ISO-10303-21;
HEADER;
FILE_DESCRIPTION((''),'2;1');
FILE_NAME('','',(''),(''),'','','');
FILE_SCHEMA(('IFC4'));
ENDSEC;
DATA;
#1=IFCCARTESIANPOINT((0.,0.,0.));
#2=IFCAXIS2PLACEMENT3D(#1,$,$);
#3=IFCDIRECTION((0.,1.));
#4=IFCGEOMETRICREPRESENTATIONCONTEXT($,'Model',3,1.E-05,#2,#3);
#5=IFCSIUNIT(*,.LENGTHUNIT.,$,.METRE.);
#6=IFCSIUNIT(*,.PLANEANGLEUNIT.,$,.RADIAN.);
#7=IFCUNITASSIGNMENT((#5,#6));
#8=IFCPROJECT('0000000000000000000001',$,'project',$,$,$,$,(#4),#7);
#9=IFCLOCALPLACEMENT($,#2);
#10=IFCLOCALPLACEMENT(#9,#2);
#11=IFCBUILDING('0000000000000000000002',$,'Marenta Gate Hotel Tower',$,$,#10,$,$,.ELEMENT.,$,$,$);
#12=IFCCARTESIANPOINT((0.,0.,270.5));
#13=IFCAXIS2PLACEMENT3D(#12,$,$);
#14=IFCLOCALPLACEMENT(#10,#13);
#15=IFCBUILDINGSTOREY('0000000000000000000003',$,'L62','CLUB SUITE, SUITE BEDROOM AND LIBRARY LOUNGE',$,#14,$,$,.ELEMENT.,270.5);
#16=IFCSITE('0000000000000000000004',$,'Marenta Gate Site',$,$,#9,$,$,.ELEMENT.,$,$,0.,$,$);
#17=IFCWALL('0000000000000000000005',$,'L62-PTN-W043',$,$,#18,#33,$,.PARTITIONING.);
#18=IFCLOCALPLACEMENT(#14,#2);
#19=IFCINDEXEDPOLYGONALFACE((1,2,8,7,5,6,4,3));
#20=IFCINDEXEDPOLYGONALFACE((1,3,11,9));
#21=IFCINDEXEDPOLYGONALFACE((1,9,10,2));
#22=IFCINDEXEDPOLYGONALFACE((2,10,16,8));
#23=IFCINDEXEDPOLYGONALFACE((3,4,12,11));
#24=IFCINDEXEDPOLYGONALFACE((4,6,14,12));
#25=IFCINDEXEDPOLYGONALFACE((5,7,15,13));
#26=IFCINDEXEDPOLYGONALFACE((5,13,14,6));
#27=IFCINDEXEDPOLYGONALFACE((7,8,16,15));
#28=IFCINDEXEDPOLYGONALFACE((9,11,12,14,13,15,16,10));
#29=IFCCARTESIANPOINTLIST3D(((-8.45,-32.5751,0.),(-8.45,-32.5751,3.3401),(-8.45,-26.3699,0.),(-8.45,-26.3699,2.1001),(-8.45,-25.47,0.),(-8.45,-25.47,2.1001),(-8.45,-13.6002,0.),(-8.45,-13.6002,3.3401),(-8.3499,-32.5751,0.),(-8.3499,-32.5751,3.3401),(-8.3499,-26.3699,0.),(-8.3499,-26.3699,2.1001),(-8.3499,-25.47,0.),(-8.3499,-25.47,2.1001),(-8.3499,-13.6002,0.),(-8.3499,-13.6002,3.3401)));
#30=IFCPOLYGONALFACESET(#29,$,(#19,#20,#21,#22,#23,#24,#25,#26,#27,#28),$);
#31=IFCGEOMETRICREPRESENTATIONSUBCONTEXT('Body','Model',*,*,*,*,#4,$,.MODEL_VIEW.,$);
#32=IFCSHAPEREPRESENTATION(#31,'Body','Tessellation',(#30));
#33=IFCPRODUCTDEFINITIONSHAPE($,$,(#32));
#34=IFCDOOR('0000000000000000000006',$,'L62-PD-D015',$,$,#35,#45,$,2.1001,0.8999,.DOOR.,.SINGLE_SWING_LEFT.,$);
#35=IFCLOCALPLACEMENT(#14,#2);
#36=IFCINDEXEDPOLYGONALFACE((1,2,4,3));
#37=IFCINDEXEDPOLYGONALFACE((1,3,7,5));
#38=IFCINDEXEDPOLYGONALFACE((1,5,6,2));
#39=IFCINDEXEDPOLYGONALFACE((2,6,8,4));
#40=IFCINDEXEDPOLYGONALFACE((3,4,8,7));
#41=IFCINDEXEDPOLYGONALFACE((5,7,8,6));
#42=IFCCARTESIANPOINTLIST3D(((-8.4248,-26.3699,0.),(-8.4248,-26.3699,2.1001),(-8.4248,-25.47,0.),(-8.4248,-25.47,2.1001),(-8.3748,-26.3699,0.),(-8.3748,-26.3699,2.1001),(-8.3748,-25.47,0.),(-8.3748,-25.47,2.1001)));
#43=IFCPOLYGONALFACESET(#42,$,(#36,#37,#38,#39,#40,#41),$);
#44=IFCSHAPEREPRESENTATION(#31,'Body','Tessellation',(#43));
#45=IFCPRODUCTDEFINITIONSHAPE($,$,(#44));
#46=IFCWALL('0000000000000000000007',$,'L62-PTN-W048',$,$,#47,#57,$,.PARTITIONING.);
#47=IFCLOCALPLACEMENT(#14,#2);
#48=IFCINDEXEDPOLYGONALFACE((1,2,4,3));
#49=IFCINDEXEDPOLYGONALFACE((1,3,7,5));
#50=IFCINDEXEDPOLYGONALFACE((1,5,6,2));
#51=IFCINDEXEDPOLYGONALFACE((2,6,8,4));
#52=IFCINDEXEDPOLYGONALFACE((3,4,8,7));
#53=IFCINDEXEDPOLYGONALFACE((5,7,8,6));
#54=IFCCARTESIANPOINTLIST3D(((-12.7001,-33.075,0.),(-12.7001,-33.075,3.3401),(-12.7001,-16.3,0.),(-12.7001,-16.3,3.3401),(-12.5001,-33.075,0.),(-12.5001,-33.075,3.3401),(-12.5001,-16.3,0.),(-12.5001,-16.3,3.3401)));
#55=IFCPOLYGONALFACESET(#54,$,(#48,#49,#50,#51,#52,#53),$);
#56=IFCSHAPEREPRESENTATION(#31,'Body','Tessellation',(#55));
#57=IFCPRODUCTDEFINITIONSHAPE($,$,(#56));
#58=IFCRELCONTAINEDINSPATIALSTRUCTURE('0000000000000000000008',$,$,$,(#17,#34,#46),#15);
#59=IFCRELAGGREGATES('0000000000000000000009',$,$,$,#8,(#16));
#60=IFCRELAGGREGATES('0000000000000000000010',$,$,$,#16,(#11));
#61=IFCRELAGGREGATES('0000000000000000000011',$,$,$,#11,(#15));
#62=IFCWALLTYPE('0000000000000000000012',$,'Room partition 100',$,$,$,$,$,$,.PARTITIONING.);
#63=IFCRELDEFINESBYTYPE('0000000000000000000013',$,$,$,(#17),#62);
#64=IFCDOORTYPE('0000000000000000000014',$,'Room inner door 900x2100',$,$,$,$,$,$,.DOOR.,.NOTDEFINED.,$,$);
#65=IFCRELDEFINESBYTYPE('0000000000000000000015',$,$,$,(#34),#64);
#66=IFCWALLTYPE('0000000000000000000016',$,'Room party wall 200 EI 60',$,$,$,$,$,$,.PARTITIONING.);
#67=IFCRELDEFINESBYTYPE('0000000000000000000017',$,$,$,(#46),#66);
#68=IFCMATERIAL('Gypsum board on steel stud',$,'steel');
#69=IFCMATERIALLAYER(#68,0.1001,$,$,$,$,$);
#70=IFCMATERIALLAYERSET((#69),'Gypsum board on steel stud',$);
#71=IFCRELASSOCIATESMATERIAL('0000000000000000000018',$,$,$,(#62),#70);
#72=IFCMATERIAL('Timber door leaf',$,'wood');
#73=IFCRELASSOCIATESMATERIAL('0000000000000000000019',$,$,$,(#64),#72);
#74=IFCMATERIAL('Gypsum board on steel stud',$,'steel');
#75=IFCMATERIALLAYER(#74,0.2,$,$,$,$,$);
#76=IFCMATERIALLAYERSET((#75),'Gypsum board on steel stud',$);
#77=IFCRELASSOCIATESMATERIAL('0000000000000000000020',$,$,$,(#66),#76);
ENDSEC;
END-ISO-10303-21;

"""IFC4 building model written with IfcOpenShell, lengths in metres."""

from ifc_helpers import new_model, si_unit, direction, frame, frame_2d, origin, place, context, subcontext, project, spatial, rectangle, extrude, material, layer, layer_set, type_object, element, fill, save


model = new_model("IFC4")

# Units and contexts
model_context = context("Model", 3, precision=1e-05, world=origin(), true_north=direction((0.0, 1.0)))
body_context = subcontext(model_context, "Body", "Model", "MODEL_VIEW")
ifc_project = project(units=[si_unit("LENGTHUNIT", "METRE"), si_unit("PLANEANGLEUNIT", "RADIAN")], contexts=[model_context])

# Site, building, storey
site_placement = place(None, origin())
site = spatial("IfcSite", under=ifc_project, at=site_placement, Name="Marenta Gate Site", CompositionType="ELEMENT", RefElevation=0.0)
building_placement = place(site_placement, origin())
building = spatial("IfcBuilding", under=site, at=building_placement, Name="Marenta Gate Hotel Tower", CompositionType="ELEMENT")
storey_placement = place(building_placement, frame((0.0, 0.0, 270.5)))
storey = spatial("IfcBuildingStorey", under=building, at=storey_placement, Name="L62", Description="CLUB SUITE, SUITE BEDROOM AND LIBRARY LOUNGE", CompositionType="ELEMENT", Elevation=270.5)

# Wall, opening, door
ifc_material_1 = material(Name="Gypsum board on steel stud", Category="steel")
ifc_layer_1 = layer(ifc_material_1, 0.1001)
ifc_layer_set_1 = layer_set([ifc_layer_1], Name="Gypsum board on steel stud")
wall_type_1 = type_object("IfcWallType", Name="Room partition 100", PredefinedType="PARTITIONING", material=ifc_layer_set_1)
wall_1_placement = place(storey_placement, frame((-8.3999, -32.575, 0.0), z_axis=(0.0, 0.0, 1.0), x_axis=(0.0, 1.0, 0.0)))
wall_1 = element("IfcWall", 1, at=wall_1_placement, inside=storey, type_object=wall_type_1, Name="L62-PTN-W043", PredefinedType="PARTITIONING", context=body_context, shape_type="SweptSolid", body=[
    extrude(rectangle(XDim=18.9749, YDim=0.1001, at=frame_2d((9.4873, 0.0))), origin(), (0.0, 0.0, 1.0), 3.3401),
])
opening_placement = place(wall_1_placement, frame((6.2051, 0.0, 0.0)))
opening = element("IfcOpeningElement", 2, at=opening_placement, cuts=wall_1, PredefinedType="OPENING", context=body_context, shape_type="SweptSolid", body=[
    extrude(rectangle(XDim=0.8999, YDim=2.1001, at=frame_2d((0.45, 1.05))), frame((0.0, 0.05, 0.0), z_axis=(0.0, -1.0, 0.0), x_axis=(1.0, 0.0, 0.0)), (0.0, 0.0, 1.0), 0.1001),
])
ifc_material_2 = material(Name="Timber door leaf", Category="wood")
door_type = type_object("IfcDoorType", Name="Room inner door 900x2100", OperationType="NOTDEFINED", PredefinedType="DOOR", material=ifc_material_2)
door_placement = place(opening_placement, origin())
door = element("IfcDoor", 3, at=door_placement, inside=storey, type_object=door_type, Name="L62-PD-D015", OperationType="SINGLE_SWING_LEFT", OverallHeight=2.1001, OverallWidth=0.8999, PredefinedType="DOOR", context=body_context, shape_type="SweptSolid", body=[
    extrude(rectangle(XDim=0.8999, YDim=2.1001, at=frame_2d((0.45, 1.05))), frame((0.0, 0.0249, 0.0), z_axis=(0.0, -1.0, 0.0), x_axis=(1.0, 0.0, 0.0)), (0.0, 0.0, 1.0), 0.05),
])
fill(opening, door)

# Wall
ifc_material_3 = material(Name="Gypsum board on steel stud", Category="steel")
ifc_layer_2 = layer(ifc_material_3, 0.2)
ifc_layer_set_2 = layer_set([ifc_layer_2], Name="Gypsum board on steel stud")
wall_type_2 = type_object("IfcWallType", Name="Room party wall 200 EI 60", PredefinedType="PARTITIONING", material=ifc_layer_set_2)
wall_2_placement = place(storey_placement, frame((-12.6001, -33.075, 0.0), z_axis=(0.0, 0.0, 1.0), x_axis=(0.0, 1.0, 0.0)))
element("IfcWall", 4, at=wall_2_placement, inside=storey, type_object=wall_type_2, Name="L62-PTN-W048", PredefinedType="PARTITIONING", context=body_context, shape_type="SweptSolid", body=[
    extrude(rectangle(XDim=16.7749, YDim=0.2, at=frame_2d((8.3875, 0.0))), origin(), (0.0, 0.0, 1.0), 3.3401),
])

save(model, "model.ifc")
